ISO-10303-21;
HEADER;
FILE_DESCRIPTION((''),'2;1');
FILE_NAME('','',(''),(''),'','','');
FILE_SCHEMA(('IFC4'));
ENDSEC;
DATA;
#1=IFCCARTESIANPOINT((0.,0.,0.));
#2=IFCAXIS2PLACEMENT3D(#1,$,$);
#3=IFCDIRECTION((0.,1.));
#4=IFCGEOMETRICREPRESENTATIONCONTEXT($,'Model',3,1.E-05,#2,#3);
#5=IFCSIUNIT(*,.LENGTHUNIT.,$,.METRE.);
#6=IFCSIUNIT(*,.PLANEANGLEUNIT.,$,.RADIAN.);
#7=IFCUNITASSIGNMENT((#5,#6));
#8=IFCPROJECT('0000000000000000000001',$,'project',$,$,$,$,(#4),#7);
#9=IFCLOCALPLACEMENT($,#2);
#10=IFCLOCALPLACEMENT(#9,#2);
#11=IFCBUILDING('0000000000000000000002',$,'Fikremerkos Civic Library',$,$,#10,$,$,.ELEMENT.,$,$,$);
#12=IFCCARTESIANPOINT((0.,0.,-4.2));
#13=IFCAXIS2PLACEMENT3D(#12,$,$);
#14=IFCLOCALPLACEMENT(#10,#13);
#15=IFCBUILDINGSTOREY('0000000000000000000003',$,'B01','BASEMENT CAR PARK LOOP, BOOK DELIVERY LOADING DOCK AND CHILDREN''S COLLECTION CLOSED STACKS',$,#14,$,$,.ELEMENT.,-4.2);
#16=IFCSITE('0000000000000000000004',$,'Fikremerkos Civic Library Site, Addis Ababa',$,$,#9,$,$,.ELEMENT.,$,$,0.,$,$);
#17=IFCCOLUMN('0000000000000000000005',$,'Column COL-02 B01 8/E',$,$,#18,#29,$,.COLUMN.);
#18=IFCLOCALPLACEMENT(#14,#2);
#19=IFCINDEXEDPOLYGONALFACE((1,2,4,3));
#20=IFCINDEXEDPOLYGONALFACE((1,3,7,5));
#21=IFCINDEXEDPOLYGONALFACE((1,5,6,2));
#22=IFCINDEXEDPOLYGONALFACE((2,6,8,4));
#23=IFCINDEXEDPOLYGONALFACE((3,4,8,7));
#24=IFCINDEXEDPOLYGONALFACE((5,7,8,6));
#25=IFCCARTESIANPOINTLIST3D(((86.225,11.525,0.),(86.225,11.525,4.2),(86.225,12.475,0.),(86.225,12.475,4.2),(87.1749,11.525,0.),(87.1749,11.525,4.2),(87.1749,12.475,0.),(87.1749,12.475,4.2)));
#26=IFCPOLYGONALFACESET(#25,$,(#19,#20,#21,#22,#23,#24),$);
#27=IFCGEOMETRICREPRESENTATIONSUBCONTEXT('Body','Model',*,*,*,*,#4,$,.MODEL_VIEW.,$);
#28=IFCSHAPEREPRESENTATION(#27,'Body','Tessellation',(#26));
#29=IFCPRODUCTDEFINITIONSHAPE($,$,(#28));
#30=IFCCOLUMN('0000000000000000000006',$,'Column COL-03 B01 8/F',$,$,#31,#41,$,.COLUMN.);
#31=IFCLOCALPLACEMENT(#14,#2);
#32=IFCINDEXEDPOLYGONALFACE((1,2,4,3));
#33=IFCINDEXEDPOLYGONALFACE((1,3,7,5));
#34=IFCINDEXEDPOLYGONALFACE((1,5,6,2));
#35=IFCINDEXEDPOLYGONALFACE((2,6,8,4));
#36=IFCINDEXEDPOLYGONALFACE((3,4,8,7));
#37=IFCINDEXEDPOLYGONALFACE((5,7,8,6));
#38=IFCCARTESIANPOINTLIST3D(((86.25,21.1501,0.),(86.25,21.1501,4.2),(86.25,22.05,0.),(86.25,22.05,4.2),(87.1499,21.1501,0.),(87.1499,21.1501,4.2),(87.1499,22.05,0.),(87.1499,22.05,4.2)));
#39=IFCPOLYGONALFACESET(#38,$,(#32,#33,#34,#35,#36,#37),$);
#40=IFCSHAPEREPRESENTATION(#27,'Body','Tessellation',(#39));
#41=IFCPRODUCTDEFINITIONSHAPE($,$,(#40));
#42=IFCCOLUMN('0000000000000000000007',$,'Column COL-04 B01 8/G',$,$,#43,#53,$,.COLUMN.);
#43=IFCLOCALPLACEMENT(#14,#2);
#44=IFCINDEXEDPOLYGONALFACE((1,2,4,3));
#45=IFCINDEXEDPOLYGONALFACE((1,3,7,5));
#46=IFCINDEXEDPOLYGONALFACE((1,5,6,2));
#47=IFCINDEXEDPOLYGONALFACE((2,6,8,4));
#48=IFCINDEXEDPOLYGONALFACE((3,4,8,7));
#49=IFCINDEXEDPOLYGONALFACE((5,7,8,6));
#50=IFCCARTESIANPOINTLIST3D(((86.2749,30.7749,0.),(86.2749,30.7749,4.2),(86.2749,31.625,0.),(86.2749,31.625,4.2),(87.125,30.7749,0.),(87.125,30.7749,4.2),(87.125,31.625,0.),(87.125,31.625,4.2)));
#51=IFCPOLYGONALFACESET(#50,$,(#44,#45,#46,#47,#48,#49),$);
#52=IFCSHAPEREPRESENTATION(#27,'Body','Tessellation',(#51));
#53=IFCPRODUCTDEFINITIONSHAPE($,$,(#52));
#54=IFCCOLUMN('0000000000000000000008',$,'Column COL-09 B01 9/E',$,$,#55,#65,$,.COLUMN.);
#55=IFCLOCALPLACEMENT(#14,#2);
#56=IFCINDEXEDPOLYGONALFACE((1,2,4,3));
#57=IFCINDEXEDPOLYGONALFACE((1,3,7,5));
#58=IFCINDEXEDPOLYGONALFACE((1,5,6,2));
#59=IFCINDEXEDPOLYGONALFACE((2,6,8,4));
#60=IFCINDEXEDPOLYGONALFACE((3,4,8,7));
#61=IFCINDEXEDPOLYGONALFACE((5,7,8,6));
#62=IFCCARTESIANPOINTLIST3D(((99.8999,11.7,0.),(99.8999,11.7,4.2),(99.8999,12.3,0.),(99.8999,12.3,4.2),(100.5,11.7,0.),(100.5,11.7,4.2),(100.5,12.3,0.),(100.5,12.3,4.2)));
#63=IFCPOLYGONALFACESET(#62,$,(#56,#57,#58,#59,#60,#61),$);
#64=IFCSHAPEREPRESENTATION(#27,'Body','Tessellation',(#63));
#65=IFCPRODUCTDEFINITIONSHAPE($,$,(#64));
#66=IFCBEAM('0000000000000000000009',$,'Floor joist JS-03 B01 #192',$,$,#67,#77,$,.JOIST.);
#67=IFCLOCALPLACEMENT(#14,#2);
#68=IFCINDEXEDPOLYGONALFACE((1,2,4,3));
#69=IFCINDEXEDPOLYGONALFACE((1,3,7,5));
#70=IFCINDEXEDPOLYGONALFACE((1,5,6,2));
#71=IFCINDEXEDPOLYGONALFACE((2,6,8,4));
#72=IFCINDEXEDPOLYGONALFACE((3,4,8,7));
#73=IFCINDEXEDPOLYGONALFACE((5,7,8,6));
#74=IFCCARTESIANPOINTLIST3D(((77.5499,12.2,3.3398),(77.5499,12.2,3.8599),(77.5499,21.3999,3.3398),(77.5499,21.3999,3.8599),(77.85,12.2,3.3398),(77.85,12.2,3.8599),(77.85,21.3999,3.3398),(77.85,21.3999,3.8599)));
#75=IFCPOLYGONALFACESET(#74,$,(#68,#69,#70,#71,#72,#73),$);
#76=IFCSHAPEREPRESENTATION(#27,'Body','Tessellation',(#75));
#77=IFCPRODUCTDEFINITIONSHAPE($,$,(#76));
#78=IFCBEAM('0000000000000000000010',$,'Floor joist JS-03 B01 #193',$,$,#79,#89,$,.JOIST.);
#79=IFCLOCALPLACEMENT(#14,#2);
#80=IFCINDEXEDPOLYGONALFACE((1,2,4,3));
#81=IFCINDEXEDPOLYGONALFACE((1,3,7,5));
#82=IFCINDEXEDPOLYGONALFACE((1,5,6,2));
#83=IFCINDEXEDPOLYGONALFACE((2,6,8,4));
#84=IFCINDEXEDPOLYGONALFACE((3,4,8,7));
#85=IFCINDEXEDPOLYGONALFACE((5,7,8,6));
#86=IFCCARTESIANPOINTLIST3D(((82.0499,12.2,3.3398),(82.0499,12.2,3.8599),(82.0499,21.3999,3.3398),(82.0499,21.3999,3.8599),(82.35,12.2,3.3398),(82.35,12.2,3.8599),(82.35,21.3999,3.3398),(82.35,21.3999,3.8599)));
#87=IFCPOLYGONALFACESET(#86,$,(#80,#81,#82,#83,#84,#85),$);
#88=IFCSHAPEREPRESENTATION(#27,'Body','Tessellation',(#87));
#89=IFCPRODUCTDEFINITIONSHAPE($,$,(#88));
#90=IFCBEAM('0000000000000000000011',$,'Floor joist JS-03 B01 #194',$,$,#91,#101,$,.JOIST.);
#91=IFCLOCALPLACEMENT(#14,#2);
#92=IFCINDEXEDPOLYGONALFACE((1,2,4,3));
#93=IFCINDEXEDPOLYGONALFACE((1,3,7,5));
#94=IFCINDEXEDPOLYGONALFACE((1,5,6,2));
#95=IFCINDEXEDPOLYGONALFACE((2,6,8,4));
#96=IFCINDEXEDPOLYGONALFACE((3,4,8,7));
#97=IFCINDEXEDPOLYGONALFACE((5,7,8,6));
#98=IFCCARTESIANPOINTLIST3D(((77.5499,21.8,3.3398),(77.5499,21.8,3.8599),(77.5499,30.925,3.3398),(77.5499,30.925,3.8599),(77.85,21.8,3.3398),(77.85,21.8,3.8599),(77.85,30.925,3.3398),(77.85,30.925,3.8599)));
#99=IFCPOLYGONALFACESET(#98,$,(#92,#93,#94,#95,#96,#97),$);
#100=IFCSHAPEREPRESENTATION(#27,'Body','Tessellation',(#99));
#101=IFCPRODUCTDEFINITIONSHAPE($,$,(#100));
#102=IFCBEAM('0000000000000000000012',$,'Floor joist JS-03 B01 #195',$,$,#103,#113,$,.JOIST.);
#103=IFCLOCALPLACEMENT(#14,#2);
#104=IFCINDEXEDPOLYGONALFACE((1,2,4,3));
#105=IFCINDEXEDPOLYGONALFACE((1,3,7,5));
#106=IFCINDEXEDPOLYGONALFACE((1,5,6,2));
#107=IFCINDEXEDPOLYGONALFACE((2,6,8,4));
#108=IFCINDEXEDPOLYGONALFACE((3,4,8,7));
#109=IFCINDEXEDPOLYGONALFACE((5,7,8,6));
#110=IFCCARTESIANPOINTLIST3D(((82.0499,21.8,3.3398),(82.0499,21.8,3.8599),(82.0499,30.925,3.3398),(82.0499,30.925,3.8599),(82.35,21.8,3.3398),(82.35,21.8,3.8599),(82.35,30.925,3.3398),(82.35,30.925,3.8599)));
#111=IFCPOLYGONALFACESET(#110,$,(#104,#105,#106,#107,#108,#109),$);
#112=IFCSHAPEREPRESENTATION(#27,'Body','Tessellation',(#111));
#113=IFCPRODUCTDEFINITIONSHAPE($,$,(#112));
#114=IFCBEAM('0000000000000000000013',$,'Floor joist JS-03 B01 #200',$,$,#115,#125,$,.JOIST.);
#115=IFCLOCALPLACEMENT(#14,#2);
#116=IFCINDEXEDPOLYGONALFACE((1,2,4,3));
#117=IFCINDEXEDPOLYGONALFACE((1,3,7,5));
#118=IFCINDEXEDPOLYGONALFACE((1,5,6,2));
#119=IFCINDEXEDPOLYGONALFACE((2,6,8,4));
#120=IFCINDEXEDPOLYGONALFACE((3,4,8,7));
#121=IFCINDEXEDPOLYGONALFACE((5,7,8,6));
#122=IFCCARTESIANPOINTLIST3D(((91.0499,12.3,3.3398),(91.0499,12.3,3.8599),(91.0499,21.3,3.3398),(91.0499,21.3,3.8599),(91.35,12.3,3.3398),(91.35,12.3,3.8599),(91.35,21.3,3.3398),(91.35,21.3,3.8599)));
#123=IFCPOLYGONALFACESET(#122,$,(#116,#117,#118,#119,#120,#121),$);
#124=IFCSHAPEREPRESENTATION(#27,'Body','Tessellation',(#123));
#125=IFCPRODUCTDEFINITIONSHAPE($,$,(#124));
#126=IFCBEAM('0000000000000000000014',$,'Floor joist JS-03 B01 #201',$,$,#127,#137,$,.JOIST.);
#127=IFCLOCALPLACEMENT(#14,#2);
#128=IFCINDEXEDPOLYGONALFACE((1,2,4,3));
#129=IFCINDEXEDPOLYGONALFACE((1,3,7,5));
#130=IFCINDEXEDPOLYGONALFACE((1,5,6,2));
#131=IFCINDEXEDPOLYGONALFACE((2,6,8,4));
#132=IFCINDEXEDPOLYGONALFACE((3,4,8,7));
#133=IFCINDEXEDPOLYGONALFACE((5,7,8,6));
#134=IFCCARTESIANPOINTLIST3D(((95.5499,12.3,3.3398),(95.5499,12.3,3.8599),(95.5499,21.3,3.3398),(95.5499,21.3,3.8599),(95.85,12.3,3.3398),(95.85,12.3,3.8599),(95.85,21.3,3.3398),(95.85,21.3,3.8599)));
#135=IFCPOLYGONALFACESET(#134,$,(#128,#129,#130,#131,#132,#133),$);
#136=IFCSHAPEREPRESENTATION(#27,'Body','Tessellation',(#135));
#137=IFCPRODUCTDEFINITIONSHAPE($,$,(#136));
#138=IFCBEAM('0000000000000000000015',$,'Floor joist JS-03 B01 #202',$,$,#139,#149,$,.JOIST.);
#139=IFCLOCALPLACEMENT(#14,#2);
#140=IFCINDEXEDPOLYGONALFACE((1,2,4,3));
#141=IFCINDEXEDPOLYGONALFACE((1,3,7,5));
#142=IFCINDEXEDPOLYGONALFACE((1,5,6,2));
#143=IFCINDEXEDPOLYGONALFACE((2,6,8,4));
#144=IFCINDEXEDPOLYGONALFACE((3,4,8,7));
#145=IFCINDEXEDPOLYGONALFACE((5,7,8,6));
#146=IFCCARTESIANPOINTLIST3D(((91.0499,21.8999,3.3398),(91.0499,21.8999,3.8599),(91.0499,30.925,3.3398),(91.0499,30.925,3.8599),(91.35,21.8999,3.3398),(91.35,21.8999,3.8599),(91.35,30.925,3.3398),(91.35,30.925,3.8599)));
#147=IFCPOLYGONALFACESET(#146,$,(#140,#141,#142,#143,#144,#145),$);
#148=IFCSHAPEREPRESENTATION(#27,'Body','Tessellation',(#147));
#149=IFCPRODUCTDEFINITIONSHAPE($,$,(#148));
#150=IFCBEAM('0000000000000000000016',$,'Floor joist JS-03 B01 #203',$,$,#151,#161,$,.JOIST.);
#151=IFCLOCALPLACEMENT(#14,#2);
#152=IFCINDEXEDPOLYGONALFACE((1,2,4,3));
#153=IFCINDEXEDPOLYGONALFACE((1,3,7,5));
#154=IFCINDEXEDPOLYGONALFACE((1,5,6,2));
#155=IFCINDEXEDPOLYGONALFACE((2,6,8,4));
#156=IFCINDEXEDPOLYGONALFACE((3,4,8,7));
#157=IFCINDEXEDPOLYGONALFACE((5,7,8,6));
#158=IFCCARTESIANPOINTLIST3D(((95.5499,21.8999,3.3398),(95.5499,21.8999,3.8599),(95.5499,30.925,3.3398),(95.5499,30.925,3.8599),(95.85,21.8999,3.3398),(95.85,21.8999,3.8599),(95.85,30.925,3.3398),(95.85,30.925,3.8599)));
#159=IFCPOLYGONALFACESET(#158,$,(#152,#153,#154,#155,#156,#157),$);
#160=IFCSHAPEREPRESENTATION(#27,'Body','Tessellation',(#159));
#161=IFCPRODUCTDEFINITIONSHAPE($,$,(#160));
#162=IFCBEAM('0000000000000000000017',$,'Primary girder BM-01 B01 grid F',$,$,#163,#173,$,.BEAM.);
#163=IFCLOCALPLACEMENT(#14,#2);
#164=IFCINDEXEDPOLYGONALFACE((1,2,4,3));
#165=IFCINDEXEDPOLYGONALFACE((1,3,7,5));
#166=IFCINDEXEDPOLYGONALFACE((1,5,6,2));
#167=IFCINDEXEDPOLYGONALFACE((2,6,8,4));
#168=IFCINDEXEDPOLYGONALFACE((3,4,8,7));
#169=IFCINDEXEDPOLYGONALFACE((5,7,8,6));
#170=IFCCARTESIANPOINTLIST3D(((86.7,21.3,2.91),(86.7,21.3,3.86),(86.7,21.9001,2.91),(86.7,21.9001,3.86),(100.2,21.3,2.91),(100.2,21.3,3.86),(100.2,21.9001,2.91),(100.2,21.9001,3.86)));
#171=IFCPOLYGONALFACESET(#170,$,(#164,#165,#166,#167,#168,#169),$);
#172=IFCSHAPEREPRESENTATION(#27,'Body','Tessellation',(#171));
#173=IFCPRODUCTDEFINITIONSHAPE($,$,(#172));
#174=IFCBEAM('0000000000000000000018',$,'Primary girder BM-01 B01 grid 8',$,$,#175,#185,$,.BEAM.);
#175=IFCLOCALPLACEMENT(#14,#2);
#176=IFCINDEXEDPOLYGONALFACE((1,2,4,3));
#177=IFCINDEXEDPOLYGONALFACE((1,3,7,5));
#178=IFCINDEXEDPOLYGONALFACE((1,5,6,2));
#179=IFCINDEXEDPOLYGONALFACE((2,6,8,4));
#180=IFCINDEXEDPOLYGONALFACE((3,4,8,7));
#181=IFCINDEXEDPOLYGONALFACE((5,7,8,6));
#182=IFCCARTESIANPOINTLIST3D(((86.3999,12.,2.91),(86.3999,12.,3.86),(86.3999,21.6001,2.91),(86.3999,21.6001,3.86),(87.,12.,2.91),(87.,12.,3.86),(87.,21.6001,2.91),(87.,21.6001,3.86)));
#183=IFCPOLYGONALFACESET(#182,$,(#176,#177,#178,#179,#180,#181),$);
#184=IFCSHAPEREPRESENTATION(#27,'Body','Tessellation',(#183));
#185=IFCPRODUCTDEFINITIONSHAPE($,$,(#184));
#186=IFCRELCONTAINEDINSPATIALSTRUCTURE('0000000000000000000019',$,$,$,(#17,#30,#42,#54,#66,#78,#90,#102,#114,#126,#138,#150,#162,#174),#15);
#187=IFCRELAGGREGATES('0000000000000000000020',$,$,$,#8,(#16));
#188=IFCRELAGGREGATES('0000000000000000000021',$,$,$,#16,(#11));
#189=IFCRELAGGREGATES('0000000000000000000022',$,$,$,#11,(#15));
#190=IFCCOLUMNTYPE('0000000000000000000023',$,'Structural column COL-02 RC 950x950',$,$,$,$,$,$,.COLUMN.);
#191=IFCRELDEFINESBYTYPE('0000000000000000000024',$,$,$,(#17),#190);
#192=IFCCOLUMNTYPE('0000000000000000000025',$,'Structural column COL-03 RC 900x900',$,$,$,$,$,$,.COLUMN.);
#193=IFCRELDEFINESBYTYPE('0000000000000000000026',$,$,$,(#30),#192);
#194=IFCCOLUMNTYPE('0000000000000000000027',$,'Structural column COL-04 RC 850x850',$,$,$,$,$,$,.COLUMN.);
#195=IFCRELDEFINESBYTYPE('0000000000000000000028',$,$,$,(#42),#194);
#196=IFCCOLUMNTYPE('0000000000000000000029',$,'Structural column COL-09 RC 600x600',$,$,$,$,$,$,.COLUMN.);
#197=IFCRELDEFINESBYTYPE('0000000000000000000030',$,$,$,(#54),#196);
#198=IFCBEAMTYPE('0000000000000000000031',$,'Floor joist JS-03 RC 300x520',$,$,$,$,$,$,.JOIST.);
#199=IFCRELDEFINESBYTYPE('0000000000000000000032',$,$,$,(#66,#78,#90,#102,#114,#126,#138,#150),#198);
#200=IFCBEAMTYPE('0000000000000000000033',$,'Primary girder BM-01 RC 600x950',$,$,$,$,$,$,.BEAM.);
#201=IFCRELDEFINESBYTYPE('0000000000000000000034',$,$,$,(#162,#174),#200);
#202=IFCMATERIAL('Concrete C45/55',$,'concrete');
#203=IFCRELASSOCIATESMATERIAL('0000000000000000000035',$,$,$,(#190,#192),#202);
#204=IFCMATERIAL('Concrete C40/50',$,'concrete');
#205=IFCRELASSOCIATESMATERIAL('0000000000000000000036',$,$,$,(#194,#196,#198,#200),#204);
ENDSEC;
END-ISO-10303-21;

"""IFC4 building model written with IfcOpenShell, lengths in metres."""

from ifc_helpers import new_model, si_unit, direction, frame, origin, origin_2d, place, context, subcontext, project, spatial, rectangle, extrude, material, material_profile, profile_set, type_object, element, save


model = new_model("IFC4")

# Units and contexts
model_context = context("Model", 3, precision=1e-05, world=origin(), true_north=direction((0.0, 1.0)))
body_context = subcontext(model_context, "Body", "Model", "MODEL_VIEW")
ifc_project = project(units=[si_unit("LENGTHUNIT", "METRE"), si_unit("PLANEANGLEUNIT", "RADIAN")], contexts=[model_context])

# Site, building, storey
site_placement = place(None, origin())
site = spatial("IfcSite", under=ifc_project, at=site_placement, Name="Fikremerkos Civic Library Site, Addis Ababa", CompositionType="ELEMENT", RefElevation=0.0)
building_placement = place(site_placement, origin())
building = spatial("IfcBuilding", under=site, at=building_placement, Name="Fikremerkos Civic Library", CompositionType="ELEMENT")
storey_placement = place(building_placement, frame((0.0, 0.0, -4.2)))
storey = spatial("IfcBuildingStorey", under=building, at=storey_placement, Name="B01", Description="BASEMENT CAR PARK LOOP, BOOK DELIVERY LOADING DOCK AND CHILDREN'S COLLECTION CLOSED STACKS", CompositionType="ELEMENT", Elevation=-4.2)

# Columns
ifc_material_1 = material(Name="Concrete C45/55", Category="concrete")
ifc_material_profile_1 = material_profile(ifc_material_1, rectangle(XDim=0.95, YDim=0.95, at=origin_2d()), Name="RC 950x950")
ifc_profile_set_1 = profile_set([ifc_material_profile_1], Name="Concrete C45/55")
column_type_1 = type_object("IfcColumnType", Name="Structural column COL-02 RC 950x950", PredefinedType="COLUMN", material=ifc_profile_set_1)
column_1_placement = place(storey_placement, frame((86.7, 12.0, 0.0), z_axis=(0.0, 0.0, 1.0), x_axis=(1.0, 0.0, 0.0)))
element("IfcColumn", 1, at=column_1_placement, inside=storey, type_object=column_type_1, Name="Column COL-02 B01 8/E", PredefinedType="COLUMN", context=body_context, shape_type="SweptSolid", body=[
    extrude(rectangle(XDim=0.95, YDim=0.95, at=origin_2d()), origin(), (0.0, 0.0, 1.0), 4.2),
])
ifc_material_profile_2 = material_profile(ifc_material_1, rectangle(XDim=0.8999, YDim=0.8999, at=origin_2d()), Name="RC 900x900")
ifc_profile_set_2 = profile_set([ifc_material_profile_2], Name="Concrete C45/55")
column_type_2 = type_object("IfcColumnType", Name="Structural column COL-03 RC 900x900", PredefinedType="COLUMN", material=ifc_profile_set_2)
column_2_placement = place(storey_placement, frame((86.7, 21.6001, 0.0), z_axis=(0.0, 0.0, 1.0), x_axis=(1.0, 0.0, 0.0)))
element("IfcColumn", 2, at=column_2_placement, inside=storey, type_object=column_type_2, Name="Column COL-03 B01 8/F", PredefinedType="COLUMN", context=body_context, shape_type="SweptSolid", body=[
    extrude(rectangle(XDim=0.8999, YDim=0.8999, at=origin_2d()), origin(), (0.0, 0.0, 1.0), 4.2),
])
ifc_material_2 = material(Name="Concrete C40/50", Category="concrete")
ifc_material_profile_3 = material_profile(ifc_material_2, rectangle(XDim=0.8501, YDim=0.8501, at=origin_2d()), Name="RC 850x850")
ifc_profile_set_3 = profile_set([ifc_material_profile_3], Name="Concrete C40/50")
column_type_3 = type_object("IfcColumnType", Name="Structural column COL-04 RC 850x850", PredefinedType="COLUMN", material=ifc_profile_set_3)
column_3_placement = place(storey_placement, frame((86.7, 31.2, 0.0), z_axis=(0.0, 0.0, 1.0), x_axis=(1.0, 0.0, 0.0)))
element("IfcColumn", 3, at=column_3_placement, inside=storey, type_object=column_type_3, Name="Column COL-04 B01 8/G", PredefinedType="COLUMN", context=body_context, shape_type="SweptSolid", body=[
    extrude(rectangle(XDim=0.8501, YDim=0.8501, at=origin_2d()), origin(), (0.0, 0.0, 1.0), 4.2),
])
ifc_material_profile_4 = material_profile(ifc_material_2, rectangle(XDim=0.6001, YDim=0.6001, at=origin_2d()), Name="RC 600x600")
ifc_profile_set_4 = profile_set([ifc_material_profile_4], Name="Concrete C40/50")
column_type_4 = type_object("IfcColumnType", Name="Structural column COL-09 RC 600x600", PredefinedType="COLUMN", material=ifc_profile_set_4)
column_4_placement = place(storey_placement, frame((100.2, 12.0, 0.0), z_axis=(0.0, 0.0, 1.0), x_axis=(1.0, 0.0, 0.0)))
element("IfcColumn", 4, at=column_4_placement, inside=storey, type_object=column_type_4, Name="Column COL-09 B01 9/E", PredefinedType="COLUMN", context=body_context, shape_type="SweptSolid", body=[
    extrude(rectangle(XDim=0.6001, YDim=0.6001, at=origin_2d()), origin(), (0.0, 0.0, 1.0), 4.2),
])

# Beams
ifc_material_profile_5 = material_profile(ifc_material_2, rectangle(XDim=0.3, YDim=0.52, at=origin_2d()), Name="RC 300x520")
ifc_profile_set_5 = profile_set([ifc_material_profile_5], Name="Concrete C40/50")
beam_type_1 = type_object("IfcBeamType", Name="Floor joist JS-03 RC 300x520", PredefinedType="JOIST", material=ifc_profile_set_5)
for number, where, z_axis, x_axis, name in (
    (5, (77.7, 12.2, 3.5999), (0.0, 1.0, 0.0), (-1.0, 0.0, 0.0), "Floor joist JS-03 B01 #192"),
    (6, (82.2, 12.2, 3.5999), (0.0, 1.0, 0.0), (-1.0, 0.0, 0.0), "Floor joist JS-03 B01 #193"),
):
    element("IfcBeam", number, at=place(storey_placement, frame(where, z_axis=z_axis, x_axis=x_axis)), inside=storey, type_object=beam_type_1, Name=name, PredefinedType="JOIST", context=body_context, shape_type="SweptSolid", body=[
        extrude(rectangle(XDim=0.3, YDim=0.52, at=origin_2d()), origin(), (0.0, 0.0, 1.0), 9.2),
    ])
for number, where, z_axis, x_axis, name in (
    (7, (77.7, 21.8, 3.5999), (0.0, 1.0, 0.0), (-1.0, 0.0, 0.0), "Floor joist JS-03 B01 #194"),
    (8, (82.2, 21.8, 3.5999), (0.0, 1.0, 0.0), (-1.0, 0.0, 0.0), "Floor joist JS-03 B01 #195"),
):
    element("IfcBeam", number, at=place(storey_placement, frame(where, z_axis=z_axis, x_axis=x_axis)), inside=storey, type_object=beam_type_1, Name=name, PredefinedType="JOIST", context=body_context, shape_type="SweptSolid", body=[
        extrude(rectangle(XDim=0.3, YDim=0.52, at=origin_2d()), origin(), (0.0, 0.0, 1.0), 9.125),
    ])
for number, where, z_axis, x_axis, name in (
    (9, (91.2, 12.3, 3.5999), (0.0, 1.0, 0.0), (-1.0, 0.0, 0.0), "Floor joist JS-03 B01 #200"),
    (10, (95.7, 12.3, 3.5999), (0.0, 1.0, 0.0), (-1.0, 0.0, 0.0), "Floor joist JS-03 B01 #201"),
):
    element("IfcBeam", number, at=place(storey_placement, frame(where, z_axis=z_axis, x_axis=x_axis)), inside=storey, type_object=beam_type_1, Name=name, PredefinedType="JOIST", context=body_context, shape_type="SweptSolid", body=[
        extrude(rectangle(XDim=0.3, YDim=0.52, at=origin_2d()), origin(), (0.0, 0.0, 1.0), 9.0),
    ])
for number, where, z_axis, x_axis, name in (
    (11, (91.2, 21.8999, 3.5999), (0.0, 1.0, 0.0), (-1.0, 0.0, 0.0), "Floor joist JS-03 B01 #202"),
    (12, (95.7, 21.8999, 3.5999), (0.0, 1.0, 0.0), (-1.0, 0.0, 0.0), "Floor joist JS-03 B01 #203"),
):
    element("IfcBeam", number, at=place(storey_placement, frame(where, z_axis=z_axis, x_axis=x_axis)), inside=storey, type_object=beam_type_1, Name=name, PredefinedType="JOIST", context=body_context, shape_type="SweptSolid", body=[
        extrude(rectangle(XDim=0.3, YDim=0.52, at=origin_2d()), origin(), (0.0, 0.0, 1.0), 9.0251),
    ])
ifc_material_profile_6 = material_profile(ifc_material_2, rectangle(XDim=0.6001, YDim=0.95, at=origin_2d()), Name="RC 600x950")
ifc_profile_set_6 = profile_set([ifc_material_profile_6], Name="Concrete C40/50")
beam_type_2 = type_object("IfcBeamType", Name="Primary girder BM-01 RC 600x950", PredefinedType="BEAM", material=ifc_profile_set_6)
beam_1_placement = place(storey_placement, frame((86.7, 21.6001, 3.385), z_axis=(1.0, 0.0, 0.0), x_axis=(0.0, 1.0, 0.0)))
element("IfcBeam", 13, at=beam_1_placement, inside=storey, type_object=beam_type_2, Name="Primary girder BM-01 B01 grid F", PredefinedType="BEAM", context=body_context, shape_type="SweptSolid", body=[
    extrude(rectangle(XDim=0.6001, YDim=0.95, at=origin_2d()), origin(), (0.0, 0.0, 1.0), 13.5),
])
beam_2_placement = place(storey_placement, frame((86.7, 12.0, 3.385), z_axis=(0.0, 1.0, 0.0), x_axis=(-1.0, 0.0, 0.0)))
element("IfcBeam", 14, at=beam_2_placement, inside=storey, type_object=beam_type_2, Name="Primary girder BM-01 B01 grid 8", PredefinedType="BEAM", context=body_context, shape_type="SweptSolid", body=[
    extrude(rectangle(XDim=0.6001, YDim=0.95, at=origin_2d()), origin(), (0.0, 0.0, 1.0), 9.6001),
])

save(model, "model.ifc")
